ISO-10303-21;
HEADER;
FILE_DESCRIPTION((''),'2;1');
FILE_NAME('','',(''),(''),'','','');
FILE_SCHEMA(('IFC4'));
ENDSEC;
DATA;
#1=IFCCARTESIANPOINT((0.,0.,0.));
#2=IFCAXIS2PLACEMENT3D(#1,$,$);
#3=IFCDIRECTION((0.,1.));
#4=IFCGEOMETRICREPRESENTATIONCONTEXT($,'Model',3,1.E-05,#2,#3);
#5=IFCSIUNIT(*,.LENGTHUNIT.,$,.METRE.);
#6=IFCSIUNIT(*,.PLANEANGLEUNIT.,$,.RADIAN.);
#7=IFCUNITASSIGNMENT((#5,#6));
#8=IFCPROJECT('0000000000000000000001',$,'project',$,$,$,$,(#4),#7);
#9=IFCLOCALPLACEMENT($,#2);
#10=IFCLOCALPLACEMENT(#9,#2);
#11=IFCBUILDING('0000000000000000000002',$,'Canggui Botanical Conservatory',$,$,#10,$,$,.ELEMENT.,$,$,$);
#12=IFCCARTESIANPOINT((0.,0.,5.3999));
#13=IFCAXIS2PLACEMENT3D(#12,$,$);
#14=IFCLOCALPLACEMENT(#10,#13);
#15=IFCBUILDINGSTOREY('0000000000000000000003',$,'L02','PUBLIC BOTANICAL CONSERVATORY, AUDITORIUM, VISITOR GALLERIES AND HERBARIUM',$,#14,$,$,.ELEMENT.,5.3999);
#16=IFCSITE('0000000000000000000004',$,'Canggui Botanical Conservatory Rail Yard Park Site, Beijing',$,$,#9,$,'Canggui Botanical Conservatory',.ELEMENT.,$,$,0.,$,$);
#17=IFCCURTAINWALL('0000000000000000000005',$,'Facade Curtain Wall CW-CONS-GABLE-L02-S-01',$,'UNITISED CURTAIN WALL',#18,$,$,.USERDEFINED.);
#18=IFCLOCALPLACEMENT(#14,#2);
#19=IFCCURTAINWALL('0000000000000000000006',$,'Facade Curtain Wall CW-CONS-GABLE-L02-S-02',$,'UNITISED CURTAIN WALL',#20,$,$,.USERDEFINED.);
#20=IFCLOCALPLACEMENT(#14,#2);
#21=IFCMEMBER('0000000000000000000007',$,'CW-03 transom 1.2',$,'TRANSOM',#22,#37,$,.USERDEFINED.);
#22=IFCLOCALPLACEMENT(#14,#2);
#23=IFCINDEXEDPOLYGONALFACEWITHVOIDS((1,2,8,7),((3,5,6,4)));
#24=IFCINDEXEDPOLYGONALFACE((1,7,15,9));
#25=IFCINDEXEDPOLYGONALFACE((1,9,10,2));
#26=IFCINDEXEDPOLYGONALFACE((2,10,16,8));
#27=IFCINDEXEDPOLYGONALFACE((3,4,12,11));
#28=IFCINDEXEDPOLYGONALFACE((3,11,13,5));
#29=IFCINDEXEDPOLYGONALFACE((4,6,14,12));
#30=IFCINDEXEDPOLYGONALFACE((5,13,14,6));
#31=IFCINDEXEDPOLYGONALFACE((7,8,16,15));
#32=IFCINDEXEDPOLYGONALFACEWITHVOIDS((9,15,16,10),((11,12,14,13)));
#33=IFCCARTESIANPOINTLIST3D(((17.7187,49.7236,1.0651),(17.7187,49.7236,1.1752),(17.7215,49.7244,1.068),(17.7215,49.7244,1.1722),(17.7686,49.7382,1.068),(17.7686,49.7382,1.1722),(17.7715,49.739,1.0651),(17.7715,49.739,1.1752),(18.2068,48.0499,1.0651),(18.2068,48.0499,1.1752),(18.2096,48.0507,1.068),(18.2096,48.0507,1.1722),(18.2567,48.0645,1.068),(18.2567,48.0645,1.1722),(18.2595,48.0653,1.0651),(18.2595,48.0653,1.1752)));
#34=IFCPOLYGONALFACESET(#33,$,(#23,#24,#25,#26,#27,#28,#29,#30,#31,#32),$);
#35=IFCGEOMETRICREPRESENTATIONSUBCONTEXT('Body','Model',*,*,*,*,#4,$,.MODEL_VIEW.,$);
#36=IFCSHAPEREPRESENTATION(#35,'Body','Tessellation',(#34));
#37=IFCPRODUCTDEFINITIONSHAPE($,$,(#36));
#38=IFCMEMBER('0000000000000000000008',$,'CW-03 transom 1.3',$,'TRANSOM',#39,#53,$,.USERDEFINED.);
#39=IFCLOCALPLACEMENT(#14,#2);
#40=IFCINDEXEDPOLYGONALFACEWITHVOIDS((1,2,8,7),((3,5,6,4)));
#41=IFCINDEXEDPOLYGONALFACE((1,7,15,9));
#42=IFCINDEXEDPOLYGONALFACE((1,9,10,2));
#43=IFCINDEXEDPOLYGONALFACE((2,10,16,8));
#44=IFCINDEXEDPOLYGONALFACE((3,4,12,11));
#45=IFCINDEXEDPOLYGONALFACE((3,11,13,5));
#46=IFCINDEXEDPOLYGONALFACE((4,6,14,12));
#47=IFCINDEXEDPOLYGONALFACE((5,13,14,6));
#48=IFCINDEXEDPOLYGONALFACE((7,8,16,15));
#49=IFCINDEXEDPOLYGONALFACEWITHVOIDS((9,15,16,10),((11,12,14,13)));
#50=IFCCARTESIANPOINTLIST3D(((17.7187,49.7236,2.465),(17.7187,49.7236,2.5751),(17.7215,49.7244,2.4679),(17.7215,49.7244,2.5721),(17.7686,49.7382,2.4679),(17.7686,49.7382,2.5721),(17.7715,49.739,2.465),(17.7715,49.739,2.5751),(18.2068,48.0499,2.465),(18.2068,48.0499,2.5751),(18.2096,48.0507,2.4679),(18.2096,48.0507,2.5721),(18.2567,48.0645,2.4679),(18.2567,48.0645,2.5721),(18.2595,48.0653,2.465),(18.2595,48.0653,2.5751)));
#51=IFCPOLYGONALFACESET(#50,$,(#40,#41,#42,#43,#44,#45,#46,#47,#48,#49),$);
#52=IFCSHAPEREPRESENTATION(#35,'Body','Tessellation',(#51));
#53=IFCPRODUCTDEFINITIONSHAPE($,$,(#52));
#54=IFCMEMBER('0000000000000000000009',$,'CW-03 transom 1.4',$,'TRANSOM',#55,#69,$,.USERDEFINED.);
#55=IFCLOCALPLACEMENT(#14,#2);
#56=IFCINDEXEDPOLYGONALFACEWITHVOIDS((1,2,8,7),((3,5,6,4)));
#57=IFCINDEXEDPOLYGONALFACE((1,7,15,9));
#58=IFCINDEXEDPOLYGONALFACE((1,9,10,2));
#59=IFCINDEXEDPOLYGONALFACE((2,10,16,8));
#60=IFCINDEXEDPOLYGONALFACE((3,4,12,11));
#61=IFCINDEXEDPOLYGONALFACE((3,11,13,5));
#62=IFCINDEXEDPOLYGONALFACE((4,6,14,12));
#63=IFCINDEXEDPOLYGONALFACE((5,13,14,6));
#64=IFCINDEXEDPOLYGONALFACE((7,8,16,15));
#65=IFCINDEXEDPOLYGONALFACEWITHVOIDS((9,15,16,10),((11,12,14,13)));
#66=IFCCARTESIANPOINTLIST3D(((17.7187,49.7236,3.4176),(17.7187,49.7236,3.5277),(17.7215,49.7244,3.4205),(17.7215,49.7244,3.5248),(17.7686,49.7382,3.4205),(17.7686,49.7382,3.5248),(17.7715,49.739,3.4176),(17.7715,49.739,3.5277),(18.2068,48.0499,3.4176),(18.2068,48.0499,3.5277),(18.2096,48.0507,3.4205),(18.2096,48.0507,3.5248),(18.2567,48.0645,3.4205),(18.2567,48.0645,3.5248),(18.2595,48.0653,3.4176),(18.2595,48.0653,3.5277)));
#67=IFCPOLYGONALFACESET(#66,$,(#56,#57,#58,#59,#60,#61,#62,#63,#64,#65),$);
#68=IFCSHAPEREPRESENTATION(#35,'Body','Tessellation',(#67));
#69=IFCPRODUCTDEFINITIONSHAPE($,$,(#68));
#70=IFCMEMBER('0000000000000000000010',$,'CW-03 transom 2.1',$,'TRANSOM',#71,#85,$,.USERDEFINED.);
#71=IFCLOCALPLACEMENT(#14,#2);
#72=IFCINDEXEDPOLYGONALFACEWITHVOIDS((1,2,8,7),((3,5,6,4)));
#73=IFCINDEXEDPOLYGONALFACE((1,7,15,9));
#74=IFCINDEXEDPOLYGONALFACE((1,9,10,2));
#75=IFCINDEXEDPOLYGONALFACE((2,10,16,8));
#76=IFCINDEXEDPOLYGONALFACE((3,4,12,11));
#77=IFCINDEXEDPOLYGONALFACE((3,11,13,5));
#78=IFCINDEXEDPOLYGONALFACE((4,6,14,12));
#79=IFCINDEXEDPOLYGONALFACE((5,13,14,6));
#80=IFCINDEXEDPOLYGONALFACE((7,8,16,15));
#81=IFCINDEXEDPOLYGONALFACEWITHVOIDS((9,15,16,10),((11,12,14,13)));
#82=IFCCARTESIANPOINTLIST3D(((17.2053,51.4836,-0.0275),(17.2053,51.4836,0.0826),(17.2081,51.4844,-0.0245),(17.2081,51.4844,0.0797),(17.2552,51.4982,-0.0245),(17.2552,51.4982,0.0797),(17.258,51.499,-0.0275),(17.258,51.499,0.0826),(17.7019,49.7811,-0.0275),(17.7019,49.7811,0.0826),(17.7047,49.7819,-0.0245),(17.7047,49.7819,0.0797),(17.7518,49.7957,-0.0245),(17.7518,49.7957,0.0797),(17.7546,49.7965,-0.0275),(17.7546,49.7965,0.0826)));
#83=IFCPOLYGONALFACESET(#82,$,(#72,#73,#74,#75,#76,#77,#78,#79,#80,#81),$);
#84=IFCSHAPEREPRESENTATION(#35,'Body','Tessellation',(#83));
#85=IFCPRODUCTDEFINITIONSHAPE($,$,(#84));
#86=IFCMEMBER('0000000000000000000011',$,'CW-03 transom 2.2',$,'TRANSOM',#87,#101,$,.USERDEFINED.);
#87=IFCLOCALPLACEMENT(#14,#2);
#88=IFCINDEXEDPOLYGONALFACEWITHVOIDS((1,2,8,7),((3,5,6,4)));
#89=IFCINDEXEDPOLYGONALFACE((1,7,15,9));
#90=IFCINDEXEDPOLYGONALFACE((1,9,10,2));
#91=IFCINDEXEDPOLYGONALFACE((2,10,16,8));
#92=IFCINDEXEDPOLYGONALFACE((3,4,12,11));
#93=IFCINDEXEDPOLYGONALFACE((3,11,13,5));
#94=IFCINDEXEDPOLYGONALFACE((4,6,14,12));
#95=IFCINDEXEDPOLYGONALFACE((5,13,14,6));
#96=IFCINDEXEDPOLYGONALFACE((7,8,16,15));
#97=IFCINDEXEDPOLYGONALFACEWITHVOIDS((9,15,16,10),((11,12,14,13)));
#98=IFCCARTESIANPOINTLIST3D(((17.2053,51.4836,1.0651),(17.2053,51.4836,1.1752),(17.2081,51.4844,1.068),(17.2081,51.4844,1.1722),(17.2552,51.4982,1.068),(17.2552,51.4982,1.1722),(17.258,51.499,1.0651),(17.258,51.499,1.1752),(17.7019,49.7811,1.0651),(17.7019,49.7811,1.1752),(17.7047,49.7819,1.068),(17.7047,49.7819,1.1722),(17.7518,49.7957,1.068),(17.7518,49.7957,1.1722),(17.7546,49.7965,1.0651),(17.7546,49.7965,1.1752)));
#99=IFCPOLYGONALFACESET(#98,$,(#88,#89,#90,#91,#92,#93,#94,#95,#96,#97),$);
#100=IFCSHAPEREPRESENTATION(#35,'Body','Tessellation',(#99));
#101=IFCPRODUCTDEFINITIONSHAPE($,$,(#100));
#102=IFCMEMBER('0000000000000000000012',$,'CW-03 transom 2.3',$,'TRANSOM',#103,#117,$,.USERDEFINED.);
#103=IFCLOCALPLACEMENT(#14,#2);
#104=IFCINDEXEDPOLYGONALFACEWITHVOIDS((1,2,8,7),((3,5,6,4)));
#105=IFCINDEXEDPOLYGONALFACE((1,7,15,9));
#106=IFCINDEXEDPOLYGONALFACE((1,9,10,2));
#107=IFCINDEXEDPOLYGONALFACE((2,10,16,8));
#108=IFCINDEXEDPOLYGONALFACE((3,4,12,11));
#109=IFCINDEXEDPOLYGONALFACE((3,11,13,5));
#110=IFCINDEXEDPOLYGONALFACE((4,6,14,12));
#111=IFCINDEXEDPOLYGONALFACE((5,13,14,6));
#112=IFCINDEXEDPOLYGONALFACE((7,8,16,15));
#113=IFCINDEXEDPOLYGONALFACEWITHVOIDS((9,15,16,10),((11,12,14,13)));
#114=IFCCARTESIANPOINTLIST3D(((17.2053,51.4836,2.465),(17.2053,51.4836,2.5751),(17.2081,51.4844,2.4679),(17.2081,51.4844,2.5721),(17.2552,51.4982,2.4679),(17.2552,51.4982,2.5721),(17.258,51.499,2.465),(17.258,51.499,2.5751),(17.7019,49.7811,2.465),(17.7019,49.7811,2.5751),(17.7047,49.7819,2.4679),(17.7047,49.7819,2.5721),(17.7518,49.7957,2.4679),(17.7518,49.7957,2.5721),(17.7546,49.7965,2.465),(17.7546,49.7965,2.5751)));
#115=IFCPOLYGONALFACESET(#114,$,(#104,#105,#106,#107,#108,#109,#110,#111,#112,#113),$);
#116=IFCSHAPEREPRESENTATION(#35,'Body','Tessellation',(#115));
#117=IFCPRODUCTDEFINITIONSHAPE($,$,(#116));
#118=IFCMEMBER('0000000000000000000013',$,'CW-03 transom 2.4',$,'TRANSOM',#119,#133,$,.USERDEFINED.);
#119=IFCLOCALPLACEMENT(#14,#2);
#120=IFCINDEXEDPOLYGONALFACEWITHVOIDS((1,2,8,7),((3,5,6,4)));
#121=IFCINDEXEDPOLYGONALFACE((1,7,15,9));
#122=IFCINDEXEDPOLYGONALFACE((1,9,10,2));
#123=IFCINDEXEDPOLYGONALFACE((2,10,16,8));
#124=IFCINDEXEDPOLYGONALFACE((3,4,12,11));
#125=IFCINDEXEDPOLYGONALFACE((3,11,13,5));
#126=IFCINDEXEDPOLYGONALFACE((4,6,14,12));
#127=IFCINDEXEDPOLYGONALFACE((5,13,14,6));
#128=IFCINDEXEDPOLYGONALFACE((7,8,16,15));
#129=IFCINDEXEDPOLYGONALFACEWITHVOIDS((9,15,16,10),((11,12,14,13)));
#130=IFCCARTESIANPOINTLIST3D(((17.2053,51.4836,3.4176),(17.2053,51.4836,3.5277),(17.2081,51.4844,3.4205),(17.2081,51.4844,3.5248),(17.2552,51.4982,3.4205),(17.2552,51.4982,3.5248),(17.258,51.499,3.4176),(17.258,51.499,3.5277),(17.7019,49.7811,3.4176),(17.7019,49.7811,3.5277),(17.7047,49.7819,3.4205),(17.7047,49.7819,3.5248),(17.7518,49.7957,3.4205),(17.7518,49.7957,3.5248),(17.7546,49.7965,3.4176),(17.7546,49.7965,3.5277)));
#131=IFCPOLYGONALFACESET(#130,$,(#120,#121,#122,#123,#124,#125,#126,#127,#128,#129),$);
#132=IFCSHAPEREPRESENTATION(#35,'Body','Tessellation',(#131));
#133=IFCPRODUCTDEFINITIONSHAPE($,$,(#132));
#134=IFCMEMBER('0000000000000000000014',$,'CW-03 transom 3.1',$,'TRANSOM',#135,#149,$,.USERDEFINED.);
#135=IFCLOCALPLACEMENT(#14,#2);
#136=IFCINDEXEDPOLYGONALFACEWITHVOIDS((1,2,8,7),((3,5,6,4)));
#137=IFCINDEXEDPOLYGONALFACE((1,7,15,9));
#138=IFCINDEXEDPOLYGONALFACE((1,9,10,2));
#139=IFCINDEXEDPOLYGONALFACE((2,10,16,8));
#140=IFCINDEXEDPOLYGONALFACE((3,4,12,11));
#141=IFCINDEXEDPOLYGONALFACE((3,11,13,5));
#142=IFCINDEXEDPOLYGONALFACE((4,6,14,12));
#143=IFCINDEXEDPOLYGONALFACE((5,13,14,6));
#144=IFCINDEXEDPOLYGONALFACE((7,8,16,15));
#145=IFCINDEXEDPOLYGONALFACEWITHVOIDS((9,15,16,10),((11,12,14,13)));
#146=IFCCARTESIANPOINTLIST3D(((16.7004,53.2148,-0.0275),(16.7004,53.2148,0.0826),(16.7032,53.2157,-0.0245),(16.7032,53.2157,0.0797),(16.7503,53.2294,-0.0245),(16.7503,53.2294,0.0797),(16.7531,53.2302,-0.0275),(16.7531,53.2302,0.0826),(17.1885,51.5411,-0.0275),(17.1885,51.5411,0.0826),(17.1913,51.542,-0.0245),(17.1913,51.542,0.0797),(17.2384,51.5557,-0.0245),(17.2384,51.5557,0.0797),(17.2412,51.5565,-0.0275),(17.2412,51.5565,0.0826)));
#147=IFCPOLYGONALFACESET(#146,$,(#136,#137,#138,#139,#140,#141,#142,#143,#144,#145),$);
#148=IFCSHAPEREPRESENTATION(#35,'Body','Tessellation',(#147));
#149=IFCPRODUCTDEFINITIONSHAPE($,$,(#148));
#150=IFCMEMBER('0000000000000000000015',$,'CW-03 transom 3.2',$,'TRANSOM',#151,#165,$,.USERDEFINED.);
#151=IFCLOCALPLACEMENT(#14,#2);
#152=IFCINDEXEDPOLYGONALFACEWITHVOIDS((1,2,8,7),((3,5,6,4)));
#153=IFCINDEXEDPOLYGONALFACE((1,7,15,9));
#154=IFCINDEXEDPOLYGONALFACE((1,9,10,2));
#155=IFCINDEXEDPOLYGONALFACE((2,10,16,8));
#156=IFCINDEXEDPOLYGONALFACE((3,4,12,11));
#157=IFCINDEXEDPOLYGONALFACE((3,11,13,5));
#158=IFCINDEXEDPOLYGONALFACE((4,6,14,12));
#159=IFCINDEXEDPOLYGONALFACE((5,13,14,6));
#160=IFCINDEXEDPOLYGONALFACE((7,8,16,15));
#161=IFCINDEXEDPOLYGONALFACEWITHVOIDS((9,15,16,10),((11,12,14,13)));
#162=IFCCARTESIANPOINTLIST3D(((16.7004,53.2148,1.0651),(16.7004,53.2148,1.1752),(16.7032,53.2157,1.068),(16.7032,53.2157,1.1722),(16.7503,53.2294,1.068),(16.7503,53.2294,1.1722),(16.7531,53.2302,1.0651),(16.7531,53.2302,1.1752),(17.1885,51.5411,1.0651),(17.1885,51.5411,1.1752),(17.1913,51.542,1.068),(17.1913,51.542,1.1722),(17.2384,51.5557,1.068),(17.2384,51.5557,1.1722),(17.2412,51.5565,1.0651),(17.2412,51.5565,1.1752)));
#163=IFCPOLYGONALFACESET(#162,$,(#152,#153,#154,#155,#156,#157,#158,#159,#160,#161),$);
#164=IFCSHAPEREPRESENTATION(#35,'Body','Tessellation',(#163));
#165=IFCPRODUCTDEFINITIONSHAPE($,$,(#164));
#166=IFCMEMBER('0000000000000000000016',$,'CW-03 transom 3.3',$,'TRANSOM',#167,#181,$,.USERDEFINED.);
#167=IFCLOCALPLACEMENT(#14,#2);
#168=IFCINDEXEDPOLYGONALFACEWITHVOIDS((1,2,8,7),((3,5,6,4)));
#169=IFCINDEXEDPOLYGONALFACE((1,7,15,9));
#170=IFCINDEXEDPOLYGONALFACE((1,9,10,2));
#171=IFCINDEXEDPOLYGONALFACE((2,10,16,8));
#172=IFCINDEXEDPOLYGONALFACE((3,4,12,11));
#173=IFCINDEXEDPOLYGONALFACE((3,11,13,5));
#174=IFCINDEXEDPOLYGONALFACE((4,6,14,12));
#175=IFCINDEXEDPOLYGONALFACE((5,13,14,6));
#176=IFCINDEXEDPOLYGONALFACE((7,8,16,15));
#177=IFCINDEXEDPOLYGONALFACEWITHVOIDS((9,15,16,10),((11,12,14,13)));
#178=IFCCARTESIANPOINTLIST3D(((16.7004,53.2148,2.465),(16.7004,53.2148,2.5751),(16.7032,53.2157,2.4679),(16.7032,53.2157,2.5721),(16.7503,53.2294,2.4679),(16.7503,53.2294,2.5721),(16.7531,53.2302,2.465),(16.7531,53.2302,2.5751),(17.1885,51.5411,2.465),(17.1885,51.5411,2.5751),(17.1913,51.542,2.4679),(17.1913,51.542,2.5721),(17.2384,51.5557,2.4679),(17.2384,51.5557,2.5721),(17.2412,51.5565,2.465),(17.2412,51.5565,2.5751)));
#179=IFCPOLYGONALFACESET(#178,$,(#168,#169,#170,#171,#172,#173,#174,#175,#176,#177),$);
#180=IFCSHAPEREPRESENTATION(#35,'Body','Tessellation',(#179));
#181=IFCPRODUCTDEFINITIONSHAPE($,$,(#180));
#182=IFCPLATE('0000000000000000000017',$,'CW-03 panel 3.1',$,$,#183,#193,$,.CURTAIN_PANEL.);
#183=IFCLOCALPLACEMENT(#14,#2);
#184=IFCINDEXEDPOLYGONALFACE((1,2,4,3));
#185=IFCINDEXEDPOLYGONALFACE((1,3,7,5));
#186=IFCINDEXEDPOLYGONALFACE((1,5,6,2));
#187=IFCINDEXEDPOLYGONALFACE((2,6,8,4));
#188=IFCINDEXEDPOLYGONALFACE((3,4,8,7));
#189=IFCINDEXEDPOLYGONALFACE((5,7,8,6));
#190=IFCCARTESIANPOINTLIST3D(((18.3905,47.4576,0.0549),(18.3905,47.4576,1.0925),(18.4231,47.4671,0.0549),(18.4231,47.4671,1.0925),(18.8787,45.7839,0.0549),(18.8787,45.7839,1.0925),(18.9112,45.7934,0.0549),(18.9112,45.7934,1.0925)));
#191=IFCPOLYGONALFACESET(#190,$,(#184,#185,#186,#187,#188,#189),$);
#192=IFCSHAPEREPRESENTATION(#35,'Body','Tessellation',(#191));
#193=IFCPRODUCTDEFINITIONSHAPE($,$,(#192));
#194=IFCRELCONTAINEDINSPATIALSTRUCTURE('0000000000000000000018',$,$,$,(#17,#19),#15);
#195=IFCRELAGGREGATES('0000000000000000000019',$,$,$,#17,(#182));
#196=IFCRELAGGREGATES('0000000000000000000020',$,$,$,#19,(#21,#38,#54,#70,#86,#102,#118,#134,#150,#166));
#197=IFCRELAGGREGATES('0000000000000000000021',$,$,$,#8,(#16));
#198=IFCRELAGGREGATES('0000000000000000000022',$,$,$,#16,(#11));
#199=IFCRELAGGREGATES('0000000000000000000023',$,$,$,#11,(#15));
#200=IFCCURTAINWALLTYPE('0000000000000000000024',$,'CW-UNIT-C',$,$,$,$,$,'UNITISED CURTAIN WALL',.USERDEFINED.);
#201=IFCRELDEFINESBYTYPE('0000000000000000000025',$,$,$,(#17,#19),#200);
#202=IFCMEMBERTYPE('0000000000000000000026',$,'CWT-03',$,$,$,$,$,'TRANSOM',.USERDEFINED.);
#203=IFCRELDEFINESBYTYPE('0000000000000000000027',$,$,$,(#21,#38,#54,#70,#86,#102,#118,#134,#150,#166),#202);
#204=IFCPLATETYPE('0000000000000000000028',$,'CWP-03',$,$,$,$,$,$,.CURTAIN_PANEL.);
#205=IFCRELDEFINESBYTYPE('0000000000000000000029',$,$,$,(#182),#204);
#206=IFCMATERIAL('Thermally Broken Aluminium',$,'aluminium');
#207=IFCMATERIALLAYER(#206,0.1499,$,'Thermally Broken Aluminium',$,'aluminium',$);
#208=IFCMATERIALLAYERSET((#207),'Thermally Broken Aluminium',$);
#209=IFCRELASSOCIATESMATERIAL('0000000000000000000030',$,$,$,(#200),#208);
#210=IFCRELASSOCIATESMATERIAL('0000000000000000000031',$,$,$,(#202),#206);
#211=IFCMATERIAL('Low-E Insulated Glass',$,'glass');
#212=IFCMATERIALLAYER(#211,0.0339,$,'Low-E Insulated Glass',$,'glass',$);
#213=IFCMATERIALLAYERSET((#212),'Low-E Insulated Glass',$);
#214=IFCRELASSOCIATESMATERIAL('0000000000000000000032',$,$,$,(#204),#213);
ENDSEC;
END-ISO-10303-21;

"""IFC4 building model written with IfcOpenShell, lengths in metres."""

from ifc_helpers import new_model, si_unit, direction, frame, origin, origin_2d, place, context, subcontext, project, spatial, rectangle, hollow_rectangle, extrude, material, layer, layer_set, material_profile, profile_set, type_object, element, aggregate, save


model = new_model("IFC4")

# Units and contexts
model_context = context("Model", 3, precision=1e-05, world=origin(), true_north=direction((0.0, 1.0)))
body_context = subcontext(model_context, "Body", "Model", "MODEL_VIEW")
ifc_project = project(units=[si_unit("LENGTHUNIT", "METRE"), si_unit("PLANEANGLEUNIT", "RADIAN")], contexts=[model_context])

# Site, building, storey
site_placement = place(None, origin())
site = spatial("IfcSite", under=ifc_project, at=site_placement, Name="Canggui Botanical Conservatory Rail Yard Park Site, Beijing", LongName="Canggui Botanical Conservatory", CompositionType="ELEMENT", RefElevation=0.0)
building_placement = place(site_placement, origin())
building = spatial("IfcBuilding", under=site, at=building_placement, Name="Canggui Botanical Conservatory", CompositionType="ELEMENT")
storey_placement = place(building_placement, frame((0.0, 0.0, 5.3999)))
storey = spatial("IfcBuildingStorey", under=building, at=storey_placement, Name="L02", Description="PUBLIC BOTANICAL CONSERVATORY, AUDITORIUM, VISITOR GALLERIES AND HERBARIUM", CompositionType="ELEMENT", Elevation=5.3999)

# Curtain walls
ifc_material_1 = material(Name="Thermally Broken Aluminium", Category="aluminium")
ifc_layer_1 = layer(ifc_material_1, 0.1499, Name="Thermally Broken Aluminium", Category="aluminium")
ifc_layer_set_1 = layer_set([ifc_layer_1], Name="Thermally Broken Aluminium")
curtain_wall_type = type_object("IfcCurtainWallType", Name="CW-UNIT-C", ElementType="UNITISED CURTAIN WALL", PredefinedType="USERDEFINED", material=ifc_layer_set_1)
curtain_wall_1_placement = place(storey_placement, origin())
curtain_wall_1 = element("IfcCurtainWall", 1, at=curtain_wall_1_placement, inside=storey, type_object=curtain_wall_type, Name="Facade Curtain Wall CW-CONS-GABLE-L02-S-01", ObjectType="UNITISED CURTAIN WALL", PredefinedType="USERDEFINED")
curtain_wall_2_placement = place(storey_placement, origin())
curtain_wall_2 = element("IfcCurtainWall", 2, at=curtain_wall_2_placement, inside=storey, type_object=curtain_wall_type, Name="Facade Curtain Wall CW-CONS-GABLE-L02-S-02", ObjectType="UNITISED CURTAIN WALL", PredefinedType="USERDEFINED")

# Members
ifc_material_profile_1 = material_profile(ifc_material_1, hollow_rectangle(XDim=0.0549, YDim=0.1101, WallThickness=0.0029, at=origin_2d()), Name="CWT 55x110x3")
ifc_profile_set_1 = profile_set([ifc_material_profile_1], Name="Thermally Broken Aluminium")
member_type_1 = type_object("IfcMemberType", Name="CWT-03", ElementType="TRANSOM", PredefinedType="USERDEFINED", material=ifc_profile_set_1)
member_1_placement = place(storey_placement, frame((18.2332, 48.0576, 1.1201), z_axis=(-0.279952, 0.960014, 0.0), x_axis=(-0.960014, -0.279952, 0.0)))
member_1 = element("IfcMember", 3, at=member_1_placement, type_object=member_type_1, Name="CW-03 transom 1.2", ObjectType="TRANSOM", PredefinedType="USERDEFINED", context=body_context, shape_type="SweptSolid", body=[
    extrude(hollow_rectangle(XDim=0.0549, YDim=0.1101, WallThickness=0.0029, at=origin_2d()), origin(), (0.0, 0.0, 1.0), 1.7434),
])
member_2_placement = place(storey_placement, frame((18.2332, 48.0576, 2.52), z_axis=(-0.279952, 0.960014, 0.0), x_axis=(-0.960014, -0.279952, 0.0)))
member_2 = element("IfcMember", 4, at=member_2_placement, type_object=member_type_1, Name="CW-03 transom 1.3", ObjectType="TRANSOM", PredefinedType="USERDEFINED", context=body_context, shape_type="SweptSolid", body=[
    extrude(hollow_rectangle(XDim=0.0549, YDim=0.1101, WallThickness=0.0029, at=origin_2d()), origin(), (0.0, 0.0, 1.0), 1.7434),
])
member_3_placement = place(storey_placement, frame((18.2332, 48.0576, 3.4727), z_axis=(-0.279952, 0.960014, 0.0), x_axis=(-0.960014, -0.279952, 0.0)))
member_3 = element("IfcMember", 5, at=member_3_placement, type_object=member_type_1, Name="CW-03 transom 1.4", ObjectType="TRANSOM", PredefinedType="USERDEFINED", context=body_context, shape_type="SweptSolid", body=[
    extrude(hollow_rectangle(XDim=0.0549, YDim=0.1101, WallThickness=0.0029, at=origin_2d()), origin(), (0.0, 0.0, 1.0), 1.7434),
])
member_4_placement = place(storey_placement, frame((17.7283, 49.7888, 0.0276), z_axis=(-0.280026, 0.959992, 0.0), x_axis=(-0.959992, -0.280026, 0.0)))
member_4 = element("IfcMember", 6, at=member_4_placement, type_object=member_type_1, Name="CW-03 transom 2.1", ObjectType="TRANSOM", PredefinedType="USERDEFINED", context=body_context, shape_type="SweptSolid", body=[
    extrude(hollow_rectangle(XDim=0.0549, YDim=0.1101, WallThickness=0.0029, at=origin_2d()), origin(), (0.0, 0.0, 1.0), 1.7734),
])
member_5_placement = place(storey_placement, frame((17.7283, 49.7888, 1.1201), z_axis=(-0.280026, 0.959992, 0.0), x_axis=(-0.959992, -0.280026, 0.0)))
member_5 = element("IfcMember", 7, at=member_5_placement, type_object=member_type_1, Name="CW-03 transom 2.2", ObjectType="TRANSOM", PredefinedType="USERDEFINED", context=body_context, shape_type="SweptSolid", body=[
    extrude(hollow_rectangle(XDim=0.0549, YDim=0.1101, WallThickness=0.0029, at=origin_2d()), origin(), (0.0, 0.0, 1.0), 1.7734),
])
member_6_placement = place(storey_placement, frame((17.7283, 49.7888, 2.52), z_axis=(-0.280026, 0.959992, 0.0), x_axis=(-0.959992, -0.280026, 0.0)))
member_6 = element("IfcMember", 8, at=member_6_placement, type_object=member_type_1, Name="CW-03 transom 2.3", ObjectType="TRANSOM", PredefinedType="USERDEFINED", context=body_context, shape_type="SweptSolid", body=[
    extrude(hollow_rectangle(XDim=0.0549, YDim=0.1101, WallThickness=0.0029, at=origin_2d()), origin(), (0.0, 0.0, 1.0), 1.7734),
])
member_7_placement = place(storey_placement, frame((17.7283, 49.7888, 3.4727), z_axis=(-0.280026, 0.959992, 0.0), x_axis=(-0.959992, -0.280026, 0.0)))
member_7 = element("IfcMember", 9, at=member_7_placement, type_object=member_type_1, Name="CW-03 transom 2.4", ObjectType="TRANSOM", PredefinedType="USERDEFINED", context=body_context, shape_type="SweptSolid", body=[
    extrude(hollow_rectangle(XDim=0.0549, YDim=0.1101, WallThickness=0.0029, at=origin_2d()), origin(), (0.0, 0.0, 1.0), 1.7734),
])
member_8_placement = place(storey_placement, frame((17.2148, 51.5488, 0.0276), z_axis=(-0.279952, 0.960014, 0.0), x_axis=(-0.960014, -0.279952, 0.0)))
member_8 = element("IfcMember", 10, at=member_8_placement, type_object=member_type_1, Name="CW-03 transom 3.1", ObjectType="TRANSOM", PredefinedType="USERDEFINED", context=body_context, shape_type="SweptSolid", body=[
    extrude(hollow_rectangle(XDim=0.0549, YDim=0.1101, WallThickness=0.0029, at=origin_2d()), origin(), (0.0, 0.0, 1.0), 1.7434),
])
member_9_placement = place(storey_placement, frame((17.2148, 51.5488, 1.1201), z_axis=(-0.279952, 0.960014, 0.0), x_axis=(-0.960014, -0.279952, 0.0)))
member_9 = element("IfcMember", 11, at=member_9_placement, type_object=member_type_1, Name="CW-03 transom 3.2", ObjectType="TRANSOM", PredefinedType="USERDEFINED", context=body_context, shape_type="SweptSolid", body=[
    extrude(hollow_rectangle(XDim=0.0549, YDim=0.1101, WallThickness=0.0029, at=origin_2d()), origin(), (0.0, 0.0, 1.0), 1.7434),
])
member_10_placement = place(storey_placement, frame((17.2148, 51.5488, 2.52), z_axis=(-0.279952, 0.960014, 0.0), x_axis=(-0.960014, -0.279952, 0.0)))
member_10 = element("IfcMember", 12, at=member_10_placement, type_object=member_type_1, Name="CW-03 transom 3.3", ObjectType="TRANSOM", PredefinedType="USERDEFINED", context=body_context, shape_type="SweptSolid", body=[
    extrude(hollow_rectangle(XDim=0.0549, YDim=0.1101, WallThickness=0.0029, at=origin_2d()), origin(), (0.0, 0.0, 1.0), 1.7434),
])

# Plate
ifc_material_2 = material(Name="Low-E Insulated Glass", Category="glass")
ifc_layer_2 = layer(ifc_material_2, 0.0339, Name="Low-E Insulated Glass", Category="glass")
ifc_layer_set_2 = layer_set([ifc_layer_2], Name="Low-E Insulated Glass")
plate_type = type_object("IfcPlateType", Name="CWP-03", PredefinedType="CURTAIN_PANEL", material=ifc_layer_set_2)
plate_1_placement = place(storey_placement, frame((18.6509, 46.6255, 0.0549), z_axis=(0.0, 0.0, 1.0), x_axis=(-0.28, 0.96, 0.0)))
plate_1 = element("IfcPlate", 13, at=plate_1_placement, type_object=plate_type, Name="CW-03 panel 3.1", PredefinedType="CURTAIN_PANEL", context=body_context, shape_type="SweptSolid", body=[
    extrude(rectangle(XDim=1.7434, YDim=0.0339, at=origin_2d()), origin(), (0.0, 0.0, 1.0), 1.0376),
])
aggregate(curtain_wall_1, [plate_1])
aggregate(curtain_wall_2, [member_1, member_2, member_3, member_4, member_5, member_6, member_7, member_8, member_9, member_10])

save(model, "model.ifc")
